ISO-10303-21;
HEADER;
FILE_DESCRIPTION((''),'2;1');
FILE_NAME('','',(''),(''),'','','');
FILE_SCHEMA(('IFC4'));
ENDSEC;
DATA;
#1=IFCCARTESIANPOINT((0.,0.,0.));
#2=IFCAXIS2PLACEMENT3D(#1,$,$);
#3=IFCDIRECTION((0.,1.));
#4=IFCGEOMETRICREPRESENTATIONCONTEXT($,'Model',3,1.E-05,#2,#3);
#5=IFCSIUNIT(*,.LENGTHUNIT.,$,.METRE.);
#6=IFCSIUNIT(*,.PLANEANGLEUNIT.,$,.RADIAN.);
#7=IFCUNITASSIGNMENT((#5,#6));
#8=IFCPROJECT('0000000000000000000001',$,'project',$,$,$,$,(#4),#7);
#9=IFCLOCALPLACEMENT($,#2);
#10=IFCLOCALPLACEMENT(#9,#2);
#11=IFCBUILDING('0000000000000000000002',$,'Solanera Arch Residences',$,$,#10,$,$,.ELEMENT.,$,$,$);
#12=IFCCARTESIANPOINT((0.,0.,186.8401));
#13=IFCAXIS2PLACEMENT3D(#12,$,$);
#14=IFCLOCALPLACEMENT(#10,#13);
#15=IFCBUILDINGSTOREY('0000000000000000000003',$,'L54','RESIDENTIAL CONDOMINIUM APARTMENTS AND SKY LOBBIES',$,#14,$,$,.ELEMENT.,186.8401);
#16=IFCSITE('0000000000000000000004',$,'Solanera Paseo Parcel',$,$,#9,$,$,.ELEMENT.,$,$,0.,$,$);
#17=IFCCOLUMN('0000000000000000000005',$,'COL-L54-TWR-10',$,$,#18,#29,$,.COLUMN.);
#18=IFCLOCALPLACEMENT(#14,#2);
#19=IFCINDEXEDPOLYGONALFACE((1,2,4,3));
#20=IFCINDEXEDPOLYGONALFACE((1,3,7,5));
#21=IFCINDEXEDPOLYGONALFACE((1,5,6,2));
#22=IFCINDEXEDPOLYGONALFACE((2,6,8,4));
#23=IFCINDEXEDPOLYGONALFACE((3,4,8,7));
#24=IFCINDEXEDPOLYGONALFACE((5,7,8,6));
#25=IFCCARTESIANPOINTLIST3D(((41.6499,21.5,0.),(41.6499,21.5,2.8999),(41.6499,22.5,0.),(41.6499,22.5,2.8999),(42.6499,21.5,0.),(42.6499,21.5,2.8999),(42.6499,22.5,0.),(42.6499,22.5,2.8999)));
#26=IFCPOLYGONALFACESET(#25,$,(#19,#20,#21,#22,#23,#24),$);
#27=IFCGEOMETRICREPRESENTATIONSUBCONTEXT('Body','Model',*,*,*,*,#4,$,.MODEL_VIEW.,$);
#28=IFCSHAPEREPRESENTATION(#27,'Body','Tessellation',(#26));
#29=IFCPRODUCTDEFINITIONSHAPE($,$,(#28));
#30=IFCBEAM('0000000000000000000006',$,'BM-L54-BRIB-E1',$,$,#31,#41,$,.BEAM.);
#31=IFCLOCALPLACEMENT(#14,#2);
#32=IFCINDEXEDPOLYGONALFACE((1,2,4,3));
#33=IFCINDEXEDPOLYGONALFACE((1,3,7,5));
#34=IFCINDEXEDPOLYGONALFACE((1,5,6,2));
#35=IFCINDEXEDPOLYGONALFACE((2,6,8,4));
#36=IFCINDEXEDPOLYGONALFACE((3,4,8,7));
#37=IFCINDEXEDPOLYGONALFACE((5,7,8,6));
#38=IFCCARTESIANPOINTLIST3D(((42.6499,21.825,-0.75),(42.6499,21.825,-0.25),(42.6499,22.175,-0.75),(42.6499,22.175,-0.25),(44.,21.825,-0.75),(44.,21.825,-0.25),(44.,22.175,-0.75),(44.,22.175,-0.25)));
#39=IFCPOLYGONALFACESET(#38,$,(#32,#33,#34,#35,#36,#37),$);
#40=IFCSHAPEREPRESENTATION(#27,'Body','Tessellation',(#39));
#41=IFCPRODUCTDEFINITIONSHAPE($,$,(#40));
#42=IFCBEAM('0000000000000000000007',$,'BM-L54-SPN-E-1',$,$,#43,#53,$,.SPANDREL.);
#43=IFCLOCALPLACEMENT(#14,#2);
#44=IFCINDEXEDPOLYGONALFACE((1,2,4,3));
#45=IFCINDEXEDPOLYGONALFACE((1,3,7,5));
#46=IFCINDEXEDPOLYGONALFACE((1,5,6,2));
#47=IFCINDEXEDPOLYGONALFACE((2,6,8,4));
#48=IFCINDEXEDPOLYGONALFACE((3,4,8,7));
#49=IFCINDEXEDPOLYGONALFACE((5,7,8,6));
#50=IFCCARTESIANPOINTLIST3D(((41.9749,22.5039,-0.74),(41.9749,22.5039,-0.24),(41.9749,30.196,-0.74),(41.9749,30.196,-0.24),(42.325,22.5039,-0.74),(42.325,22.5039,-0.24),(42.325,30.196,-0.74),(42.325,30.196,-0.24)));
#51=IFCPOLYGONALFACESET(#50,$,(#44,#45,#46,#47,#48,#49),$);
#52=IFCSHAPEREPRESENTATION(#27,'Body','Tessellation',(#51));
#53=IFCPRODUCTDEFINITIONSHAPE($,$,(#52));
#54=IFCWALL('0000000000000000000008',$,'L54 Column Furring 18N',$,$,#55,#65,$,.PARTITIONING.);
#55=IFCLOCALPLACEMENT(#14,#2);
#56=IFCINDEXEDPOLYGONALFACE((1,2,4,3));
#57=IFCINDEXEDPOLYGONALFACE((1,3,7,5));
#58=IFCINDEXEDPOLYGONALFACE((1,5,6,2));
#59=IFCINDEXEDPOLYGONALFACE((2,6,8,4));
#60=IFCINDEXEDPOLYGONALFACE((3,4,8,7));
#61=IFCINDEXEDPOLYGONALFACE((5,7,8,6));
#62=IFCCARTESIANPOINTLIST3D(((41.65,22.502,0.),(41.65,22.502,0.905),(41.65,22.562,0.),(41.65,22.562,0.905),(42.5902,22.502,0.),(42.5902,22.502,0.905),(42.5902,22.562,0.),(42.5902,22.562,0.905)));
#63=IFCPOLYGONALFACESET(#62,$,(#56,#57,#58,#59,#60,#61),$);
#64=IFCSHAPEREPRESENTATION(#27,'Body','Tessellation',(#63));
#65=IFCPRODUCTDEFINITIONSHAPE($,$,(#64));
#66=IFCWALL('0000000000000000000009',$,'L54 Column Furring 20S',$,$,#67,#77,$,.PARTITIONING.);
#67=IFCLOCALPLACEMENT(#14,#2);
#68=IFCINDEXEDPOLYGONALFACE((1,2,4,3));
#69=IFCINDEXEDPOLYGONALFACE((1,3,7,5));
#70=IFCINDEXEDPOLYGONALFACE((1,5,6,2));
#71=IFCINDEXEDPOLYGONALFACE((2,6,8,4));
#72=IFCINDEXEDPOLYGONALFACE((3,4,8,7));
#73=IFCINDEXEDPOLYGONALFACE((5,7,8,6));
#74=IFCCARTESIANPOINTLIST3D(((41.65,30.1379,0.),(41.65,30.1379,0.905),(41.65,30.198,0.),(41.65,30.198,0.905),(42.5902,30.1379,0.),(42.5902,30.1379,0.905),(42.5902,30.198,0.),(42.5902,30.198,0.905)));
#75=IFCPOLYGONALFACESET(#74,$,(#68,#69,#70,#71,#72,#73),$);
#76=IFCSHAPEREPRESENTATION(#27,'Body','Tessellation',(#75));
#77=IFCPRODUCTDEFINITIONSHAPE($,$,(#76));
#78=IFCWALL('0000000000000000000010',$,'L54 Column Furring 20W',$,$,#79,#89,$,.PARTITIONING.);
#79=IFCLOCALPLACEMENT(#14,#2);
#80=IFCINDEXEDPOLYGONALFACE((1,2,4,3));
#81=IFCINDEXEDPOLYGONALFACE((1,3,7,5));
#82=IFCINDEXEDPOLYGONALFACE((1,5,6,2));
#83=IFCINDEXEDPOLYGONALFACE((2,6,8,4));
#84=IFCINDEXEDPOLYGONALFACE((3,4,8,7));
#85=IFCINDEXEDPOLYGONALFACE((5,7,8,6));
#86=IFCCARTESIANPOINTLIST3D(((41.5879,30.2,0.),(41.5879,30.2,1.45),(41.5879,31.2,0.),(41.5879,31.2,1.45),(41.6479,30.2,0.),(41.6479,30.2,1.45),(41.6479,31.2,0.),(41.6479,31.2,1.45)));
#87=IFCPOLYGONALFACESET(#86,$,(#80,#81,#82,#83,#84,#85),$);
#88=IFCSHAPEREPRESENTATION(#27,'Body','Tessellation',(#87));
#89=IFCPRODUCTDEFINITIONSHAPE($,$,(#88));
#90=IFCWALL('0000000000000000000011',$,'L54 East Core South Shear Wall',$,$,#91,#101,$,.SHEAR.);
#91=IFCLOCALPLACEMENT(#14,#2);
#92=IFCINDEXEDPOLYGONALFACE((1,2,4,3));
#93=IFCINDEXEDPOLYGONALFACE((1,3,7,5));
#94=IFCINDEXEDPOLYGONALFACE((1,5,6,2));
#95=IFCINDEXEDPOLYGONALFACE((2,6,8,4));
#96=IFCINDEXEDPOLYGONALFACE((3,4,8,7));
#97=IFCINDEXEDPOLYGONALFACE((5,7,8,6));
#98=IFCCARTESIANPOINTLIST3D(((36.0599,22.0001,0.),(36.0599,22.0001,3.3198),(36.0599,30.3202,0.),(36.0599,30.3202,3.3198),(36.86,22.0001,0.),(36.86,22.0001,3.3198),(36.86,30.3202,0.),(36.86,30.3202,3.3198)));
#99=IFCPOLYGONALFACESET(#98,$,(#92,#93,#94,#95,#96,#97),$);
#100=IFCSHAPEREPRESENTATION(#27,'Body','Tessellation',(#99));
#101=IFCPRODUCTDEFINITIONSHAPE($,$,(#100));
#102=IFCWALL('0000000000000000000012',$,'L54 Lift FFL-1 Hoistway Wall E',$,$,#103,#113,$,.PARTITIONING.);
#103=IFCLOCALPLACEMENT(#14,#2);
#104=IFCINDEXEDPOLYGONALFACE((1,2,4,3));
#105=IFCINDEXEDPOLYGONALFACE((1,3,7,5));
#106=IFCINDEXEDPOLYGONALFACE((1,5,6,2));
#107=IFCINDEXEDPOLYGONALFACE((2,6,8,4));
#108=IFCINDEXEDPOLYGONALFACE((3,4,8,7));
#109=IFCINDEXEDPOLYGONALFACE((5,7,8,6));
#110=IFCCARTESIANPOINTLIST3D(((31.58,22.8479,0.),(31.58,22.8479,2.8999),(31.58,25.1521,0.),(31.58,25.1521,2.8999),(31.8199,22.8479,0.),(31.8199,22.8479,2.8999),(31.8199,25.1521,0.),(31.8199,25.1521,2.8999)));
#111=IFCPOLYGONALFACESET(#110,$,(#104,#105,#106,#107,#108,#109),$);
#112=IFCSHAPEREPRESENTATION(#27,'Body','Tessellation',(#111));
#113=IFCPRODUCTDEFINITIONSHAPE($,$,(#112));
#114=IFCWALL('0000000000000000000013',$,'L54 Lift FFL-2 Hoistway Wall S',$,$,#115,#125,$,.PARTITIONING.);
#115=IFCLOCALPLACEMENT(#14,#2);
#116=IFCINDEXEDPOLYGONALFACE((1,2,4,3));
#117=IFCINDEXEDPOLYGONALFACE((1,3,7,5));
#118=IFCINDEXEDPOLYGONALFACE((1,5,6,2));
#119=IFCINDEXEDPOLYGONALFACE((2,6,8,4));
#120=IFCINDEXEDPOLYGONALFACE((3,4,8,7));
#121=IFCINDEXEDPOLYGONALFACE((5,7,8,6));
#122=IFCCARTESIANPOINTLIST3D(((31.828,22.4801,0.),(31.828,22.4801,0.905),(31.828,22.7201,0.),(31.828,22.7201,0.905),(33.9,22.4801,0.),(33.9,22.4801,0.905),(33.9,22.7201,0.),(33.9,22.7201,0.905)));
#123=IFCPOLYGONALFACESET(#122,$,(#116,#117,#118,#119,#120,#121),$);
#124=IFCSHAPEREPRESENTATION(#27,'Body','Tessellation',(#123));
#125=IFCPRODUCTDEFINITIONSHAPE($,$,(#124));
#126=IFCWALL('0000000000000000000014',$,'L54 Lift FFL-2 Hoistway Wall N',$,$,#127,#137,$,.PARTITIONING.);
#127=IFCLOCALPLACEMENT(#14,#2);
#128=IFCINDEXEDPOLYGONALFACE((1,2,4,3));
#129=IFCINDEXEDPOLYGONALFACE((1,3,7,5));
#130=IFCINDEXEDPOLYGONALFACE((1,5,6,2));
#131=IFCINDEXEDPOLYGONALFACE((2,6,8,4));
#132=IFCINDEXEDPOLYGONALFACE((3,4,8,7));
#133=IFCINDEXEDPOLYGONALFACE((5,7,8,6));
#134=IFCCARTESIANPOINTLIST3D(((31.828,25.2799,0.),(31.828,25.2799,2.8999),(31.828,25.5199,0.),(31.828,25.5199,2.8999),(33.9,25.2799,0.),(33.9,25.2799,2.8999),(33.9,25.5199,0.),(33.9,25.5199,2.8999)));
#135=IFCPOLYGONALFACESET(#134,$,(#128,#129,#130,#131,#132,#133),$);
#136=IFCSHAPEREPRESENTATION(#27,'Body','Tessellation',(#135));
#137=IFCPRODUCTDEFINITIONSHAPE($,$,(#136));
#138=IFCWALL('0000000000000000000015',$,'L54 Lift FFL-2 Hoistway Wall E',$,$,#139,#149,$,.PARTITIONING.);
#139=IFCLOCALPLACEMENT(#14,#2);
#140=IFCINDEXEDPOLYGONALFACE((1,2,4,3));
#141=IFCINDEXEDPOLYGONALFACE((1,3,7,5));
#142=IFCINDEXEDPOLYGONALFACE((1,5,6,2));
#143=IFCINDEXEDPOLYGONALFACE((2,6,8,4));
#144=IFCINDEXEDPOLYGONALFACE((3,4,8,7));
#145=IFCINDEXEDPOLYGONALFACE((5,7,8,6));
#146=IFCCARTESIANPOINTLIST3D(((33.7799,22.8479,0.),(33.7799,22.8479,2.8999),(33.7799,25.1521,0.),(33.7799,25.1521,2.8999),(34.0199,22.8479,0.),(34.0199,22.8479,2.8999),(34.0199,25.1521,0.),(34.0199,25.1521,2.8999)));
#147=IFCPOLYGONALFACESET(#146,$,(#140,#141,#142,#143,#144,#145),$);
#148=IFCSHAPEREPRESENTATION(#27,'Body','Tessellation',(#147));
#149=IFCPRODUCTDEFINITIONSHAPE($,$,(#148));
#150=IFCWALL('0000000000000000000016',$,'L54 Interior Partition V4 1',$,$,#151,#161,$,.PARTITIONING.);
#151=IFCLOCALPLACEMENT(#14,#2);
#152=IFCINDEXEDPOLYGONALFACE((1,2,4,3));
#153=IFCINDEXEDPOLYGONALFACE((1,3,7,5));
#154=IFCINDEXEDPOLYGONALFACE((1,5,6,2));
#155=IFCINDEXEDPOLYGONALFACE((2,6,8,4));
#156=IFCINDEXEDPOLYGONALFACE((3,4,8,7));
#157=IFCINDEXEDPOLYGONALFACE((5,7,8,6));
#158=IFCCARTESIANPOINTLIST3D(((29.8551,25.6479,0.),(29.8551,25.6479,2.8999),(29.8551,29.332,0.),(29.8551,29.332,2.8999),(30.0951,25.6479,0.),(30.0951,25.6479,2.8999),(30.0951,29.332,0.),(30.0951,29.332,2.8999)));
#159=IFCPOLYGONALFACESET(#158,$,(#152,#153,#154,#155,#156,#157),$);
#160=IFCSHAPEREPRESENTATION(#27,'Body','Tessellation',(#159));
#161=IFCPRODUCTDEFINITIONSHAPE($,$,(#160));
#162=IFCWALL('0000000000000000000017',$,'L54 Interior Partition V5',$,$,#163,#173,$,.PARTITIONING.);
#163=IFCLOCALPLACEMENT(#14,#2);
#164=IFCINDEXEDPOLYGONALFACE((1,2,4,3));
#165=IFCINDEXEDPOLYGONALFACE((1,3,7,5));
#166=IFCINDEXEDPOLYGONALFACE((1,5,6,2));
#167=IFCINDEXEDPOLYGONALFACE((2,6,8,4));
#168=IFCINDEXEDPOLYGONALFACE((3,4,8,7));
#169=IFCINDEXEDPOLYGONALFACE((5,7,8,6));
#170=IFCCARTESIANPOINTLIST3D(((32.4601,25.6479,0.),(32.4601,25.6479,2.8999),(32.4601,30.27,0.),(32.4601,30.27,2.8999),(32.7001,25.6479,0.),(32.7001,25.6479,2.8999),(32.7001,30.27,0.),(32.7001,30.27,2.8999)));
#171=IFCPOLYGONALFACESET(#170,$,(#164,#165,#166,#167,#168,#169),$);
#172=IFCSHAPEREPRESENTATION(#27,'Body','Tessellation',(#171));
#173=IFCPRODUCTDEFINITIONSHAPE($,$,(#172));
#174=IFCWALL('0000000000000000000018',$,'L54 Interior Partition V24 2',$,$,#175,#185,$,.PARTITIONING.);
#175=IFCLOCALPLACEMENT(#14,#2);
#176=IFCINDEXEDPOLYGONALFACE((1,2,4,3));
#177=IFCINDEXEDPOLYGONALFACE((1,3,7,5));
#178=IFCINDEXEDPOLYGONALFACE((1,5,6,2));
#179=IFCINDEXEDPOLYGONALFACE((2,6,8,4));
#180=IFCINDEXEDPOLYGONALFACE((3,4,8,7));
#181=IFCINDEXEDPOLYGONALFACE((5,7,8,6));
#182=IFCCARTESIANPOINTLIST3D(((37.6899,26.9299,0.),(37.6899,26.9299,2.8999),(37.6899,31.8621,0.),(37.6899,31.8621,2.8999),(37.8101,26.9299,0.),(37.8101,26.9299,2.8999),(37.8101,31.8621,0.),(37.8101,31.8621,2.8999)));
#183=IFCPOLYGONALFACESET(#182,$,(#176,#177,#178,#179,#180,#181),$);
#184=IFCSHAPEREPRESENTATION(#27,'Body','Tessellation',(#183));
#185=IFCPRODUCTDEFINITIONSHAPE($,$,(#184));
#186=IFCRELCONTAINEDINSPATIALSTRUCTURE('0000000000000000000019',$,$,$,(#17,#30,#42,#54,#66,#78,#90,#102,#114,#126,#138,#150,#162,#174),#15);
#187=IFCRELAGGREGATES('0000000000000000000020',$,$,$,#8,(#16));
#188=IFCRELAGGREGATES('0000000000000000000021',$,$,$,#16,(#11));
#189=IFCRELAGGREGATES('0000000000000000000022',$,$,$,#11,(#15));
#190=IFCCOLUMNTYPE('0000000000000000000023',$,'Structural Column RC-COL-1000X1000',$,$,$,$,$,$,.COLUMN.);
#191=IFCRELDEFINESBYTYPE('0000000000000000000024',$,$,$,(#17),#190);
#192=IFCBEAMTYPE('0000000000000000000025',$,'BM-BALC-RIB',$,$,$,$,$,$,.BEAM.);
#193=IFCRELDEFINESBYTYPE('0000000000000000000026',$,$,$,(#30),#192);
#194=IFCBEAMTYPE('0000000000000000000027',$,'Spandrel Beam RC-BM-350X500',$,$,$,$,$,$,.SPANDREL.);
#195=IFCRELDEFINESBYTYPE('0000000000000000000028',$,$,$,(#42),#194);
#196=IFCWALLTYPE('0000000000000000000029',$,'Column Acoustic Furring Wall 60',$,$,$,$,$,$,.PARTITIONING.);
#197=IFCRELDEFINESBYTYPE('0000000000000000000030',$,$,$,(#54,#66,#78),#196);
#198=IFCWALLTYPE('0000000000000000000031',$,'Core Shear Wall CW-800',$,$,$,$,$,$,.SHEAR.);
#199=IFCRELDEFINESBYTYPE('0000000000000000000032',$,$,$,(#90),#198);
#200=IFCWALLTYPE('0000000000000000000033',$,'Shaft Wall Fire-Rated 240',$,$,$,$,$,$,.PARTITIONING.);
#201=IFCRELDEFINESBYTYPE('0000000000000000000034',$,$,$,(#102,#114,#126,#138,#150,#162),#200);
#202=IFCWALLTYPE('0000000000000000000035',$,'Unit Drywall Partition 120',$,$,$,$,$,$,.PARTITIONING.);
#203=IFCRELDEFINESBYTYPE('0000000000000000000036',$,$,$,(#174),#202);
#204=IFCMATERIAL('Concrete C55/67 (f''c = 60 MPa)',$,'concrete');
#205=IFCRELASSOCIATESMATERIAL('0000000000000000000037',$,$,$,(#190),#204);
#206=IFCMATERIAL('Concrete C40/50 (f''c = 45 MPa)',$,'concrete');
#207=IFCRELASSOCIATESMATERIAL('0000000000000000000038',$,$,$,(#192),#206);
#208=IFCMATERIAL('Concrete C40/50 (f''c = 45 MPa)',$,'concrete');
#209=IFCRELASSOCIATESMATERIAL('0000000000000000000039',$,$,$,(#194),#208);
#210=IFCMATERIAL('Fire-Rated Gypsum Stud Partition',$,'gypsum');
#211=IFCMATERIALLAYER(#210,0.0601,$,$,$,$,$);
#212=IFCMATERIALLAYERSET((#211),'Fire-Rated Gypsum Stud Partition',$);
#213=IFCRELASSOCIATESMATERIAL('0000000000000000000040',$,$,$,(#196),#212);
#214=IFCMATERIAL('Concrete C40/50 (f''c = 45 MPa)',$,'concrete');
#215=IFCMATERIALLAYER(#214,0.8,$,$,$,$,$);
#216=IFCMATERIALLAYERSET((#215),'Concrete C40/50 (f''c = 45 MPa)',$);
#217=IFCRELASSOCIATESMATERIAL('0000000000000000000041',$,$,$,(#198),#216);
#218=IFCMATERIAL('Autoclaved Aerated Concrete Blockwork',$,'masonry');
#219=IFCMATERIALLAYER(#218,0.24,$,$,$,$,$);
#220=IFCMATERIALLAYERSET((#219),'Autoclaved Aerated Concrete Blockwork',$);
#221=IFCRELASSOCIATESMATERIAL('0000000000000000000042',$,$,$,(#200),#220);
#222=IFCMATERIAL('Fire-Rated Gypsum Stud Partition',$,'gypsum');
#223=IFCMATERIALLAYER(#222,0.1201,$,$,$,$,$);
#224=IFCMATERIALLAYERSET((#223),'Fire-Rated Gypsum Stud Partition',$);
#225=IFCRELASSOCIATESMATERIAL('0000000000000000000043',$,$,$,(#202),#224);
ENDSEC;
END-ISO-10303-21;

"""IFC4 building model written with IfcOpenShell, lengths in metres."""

from ifc_helpers import new_model, si_unit, direction, frame, frame_2d, origin, origin_2d, place, context, subcontext, project, spatial, rectangle, extrude, material, layer, layer_set, material_profile, profile_set, type_object, element, save


model = new_model("IFC4")

# Units and contexts
model_context = context("Model", 3, precision=1e-05, world=origin(), true_north=direction((0.0, 1.0)))
body_context = subcontext(model_context, "Body", "Model", "MODEL_VIEW")
ifc_project = project(units=[si_unit("LENGTHUNIT", "METRE"), si_unit("PLANEANGLEUNIT", "RADIAN")], contexts=[model_context])

# Site, building, storey
site_placement = place(None, origin())
site = spatial("IfcSite", under=ifc_project, at=site_placement, Name="Solanera Paseo Parcel", CompositionType="ELEMENT", RefElevation=0.0)
building_placement = place(site_placement, origin())
building = spatial("IfcBuilding", under=site, at=building_placement, Name="Solanera Arch Residences", CompositionType="ELEMENT")
storey_placement = place(building_placement, frame((0.0, 0.0, 186.8401)))
storey = spatial("IfcBuildingStorey", under=building, at=storey_placement, Name="L54", Description="RESIDENTIAL CONDOMINIUM APARTMENTS AND SKY LOBBIES", CompositionType="ELEMENT", Elevation=186.8401)

# Column
ifc_material_1 = material(Name="Concrete C55/67 (f'c = 60 MPa)", Category="concrete")
ifc_material_profile_1 = material_profile(ifc_material_1, rectangle(XDim=1.0, YDim=1.0, at=origin_2d()))
ifc_profile_set_1 = profile_set([ifc_material_profile_1], Name="Concrete C55/67 (f'c = 60 MPa)")
column_type = type_object("IfcColumnType", Name="Structural Column RC-COL-1000X1000", PredefinedType="COLUMN", material=ifc_profile_set_1)
column_placement = place(storey_placement, frame((42.1499, 22.0, 0.0), z_axis=(0.0, 0.0, 1.0), x_axis=(1.0, 0.0, 0.0)))
element("IfcColumn", 1, at=column_placement, inside=storey, type_object=column_type, Name="COL-L54-TWR-10", PredefinedType="COLUMN", context=body_context, shape_type="SweptSolid", body=[
    extrude(rectangle(XDim=1.0, YDim=1.0, at=origin_2d()), origin(), (0.0, 0.0, 1.0), 2.8999),
])

# Beams
ifc_material_2 = material(Name="Concrete C40/50 (f'c = 45 MPa)", Category="concrete")
ifc_material_profile_2 = material_profile(ifc_material_2, rectangle(XDim=0.3501, YDim=0.5, at=origin_2d()))
ifc_profile_set_2 = profile_set([ifc_material_profile_2], Name="Concrete C40/50 (f'c = 45 MPa)")
beam_type_1 = type_object("IfcBeamType", Name="BM-BALC-RIB", PredefinedType="BEAM", material=ifc_profile_set_2)
beam_1_placement = place(storey_placement, frame((42.6499, 22.0, -0.5), z_axis=(1.0, 0.0, 0.0), x_axis=(0.0, 1.0, 0.0)))
element("IfcBeam", 2, at=beam_1_placement, inside=storey, type_object=beam_type_1, Name="BM-L54-BRIB-E1", PredefinedType="BEAM", context=body_context, shape_type="SweptSolid", body=[
    extrude(rectangle(XDim=0.3501, YDim=0.5, at=origin_2d()), origin(), (0.0, 0.0, 1.0), 1.3501),
])
ifc_material_3 = material(Name="Concrete C40/50 (f'c = 45 MPa)", Category="concrete")
ifc_material_profile_3 = material_profile(ifc_material_3, rectangle(XDim=0.3501, YDim=0.5, at=origin_2d()))
ifc_profile_set_3 = profile_set([ifc_material_profile_3], Name="Concrete C40/50 (f'c = 45 MPa)")
beam_type_2 = type_object("IfcBeamType", Name="Spandrel Beam RC-BM-350X500", PredefinedType="SPANDREL", material=ifc_profile_set_3)
beam_2_placement = place(storey_placement, frame((42.1499, 22.5039, -0.49), z_axis=(0.0, 1.0, 0.0), x_axis=(-1.0, 0.0, 0.0)))
element("IfcBeam", 3, at=beam_2_placement, inside=storey, type_object=beam_type_2, Name="BM-L54-SPN-E-1", PredefinedType="SPANDREL", context=body_context, shape_type="SweptSolid", body=[
    extrude(rectangle(XDim=0.3501, YDim=0.5, at=origin_2d()), origin(), (0.0, 0.0, 1.0), 7.6921),
])

# Walls
ifc_material_4 = material(Name="Fire-Rated Gypsum Stud Partition", Category="gypsum")
ifc_layer_1 = layer(ifc_material_4, 0.0601)
ifc_layer_set_1 = layer_set([ifc_layer_1], Name="Fire-Rated Gypsum Stud Partition")
wall_type_1 = type_object("IfcWallType", Name="Column Acoustic Furring Wall 60", PredefinedType="PARTITIONING", material=ifc_layer_set_1)
for number, where, z_axis, x_axis, name in (
    (4, (41.6499, 22.532, 0.0), (0.0, 0.0, 1.0), (1.0, 0.0, 0.0), "L54 Column Furring 18N"),
    (5, (41.6499, 30.168, 0.0), (0.0, 0.0, 1.0), (1.0, 0.0, 0.0), "L54 Column Furring 20S"),
):
    element("IfcWall", number, at=place(storey_placement, frame(where, z_axis=z_axis, x_axis=x_axis)), inside=storey, type_object=wall_type_1, Name=name, PredefinedType="PARTITIONING", context=body_context, shape_type="SweptSolid", body=[
        extrude(rectangle(XDim=0.9402, YDim=0.0601, at=frame_2d((0.4702, 0.0))), origin(), (0.0, 0.0, 1.0), 0.905),
    ])
wall_1_placement = place(storey_placement, frame((41.6179, 30.2, 0.0), z_axis=(0.0, 0.0, 1.0), x_axis=(0.0, 1.0, 0.0)))
element("IfcWall", 6, at=wall_1_placement, inside=storey, type_object=wall_type_1, Name="L54 Column Furring 20W", PredefinedType="PARTITIONING", context=body_context, shape_type="SweptSolid", body=[
    extrude(rectangle(XDim=1.0, YDim=0.0601, at=frame_2d((0.5, 0.0))), origin(), (0.0, 0.0, 1.0), 1.45),
])
ifc_material_5 = material(Name="Concrete C40/50 (f'c = 45 MPa)", Category="concrete")
ifc_layer_2 = layer(ifc_material_5, 0.8)
ifc_layer_set_2 = layer_set([ifc_layer_2], Name="Concrete C40/50 (f'c = 45 MPa)")
wall_type_2 = type_object("IfcWallType", Name="Core Shear Wall CW-800", PredefinedType="SHEAR", material=ifc_layer_set_2)
wall_2_placement = place(storey_placement, frame((36.46, 22.0, 0.0), z_axis=(0.0, 0.0, 1.0), x_axis=(0.0, 1.0, 0.0)))
element("IfcWall", 7, at=wall_2_placement, inside=storey, type_object=wall_type_2, Name="L54 East Core South Shear Wall", PredefinedType="SHEAR", context=body_context, shape_type="SweptSolid", body=[
    extrude(rectangle(XDim=8.3201, YDim=0.8, at=frame_2d((4.1602, 0.0))), origin(), (0.0, 0.0, 1.0), 3.3198),
])
ifc_material_6 = material(Name="Autoclaved Aerated Concrete Blockwork", Category="masonry")
ifc_layer_3 = layer(ifc_material_6, 0.24)
ifc_layer_set_3 = layer_set([ifc_layer_3], Name="Autoclaved Aerated Concrete Blockwork")
wall_type_3 = type_object("IfcWallType", Name="Shaft Wall Fire-Rated 240", PredefinedType="PARTITIONING", material=ifc_layer_set_3)
wall_3_placement = place(storey_placement, frame((31.7, 22.8479, 0.0), z_axis=(0.0, 0.0, 1.0), x_axis=(0.0, 1.0, 0.0)))
element("IfcWall", 8, at=wall_3_placement, inside=storey, type_object=wall_type_3, Name="L54 Lift FFL-1 Hoistway Wall E", PredefinedType="PARTITIONING", context=body_context, shape_type="SweptSolid", body=[
    extrude(rectangle(XDim=2.3042, YDim=0.24, at=frame_2d((1.1521, 0.0))), origin(), (0.0, 0.0, 1.0), 2.8999),
])
wall_4_placement = place(storey_placement, frame((31.8279, 22.6001, 0.0), z_axis=(0.0, 0.0, 1.0), x_axis=(1.0, 0.0, 0.0)))
element("IfcWall", 9, at=wall_4_placement, inside=storey, type_object=wall_type_3, Name="L54 Lift FFL-2 Hoistway Wall S", PredefinedType="PARTITIONING", context=body_context, shape_type="SweptSolid", body=[
    extrude(rectangle(XDim=2.072, YDim=0.24, at=frame_2d((1.0361, 0.0))), origin(), (0.0, 0.0, 1.0), 0.905),
])
wall_5_placement = place(storey_placement, frame((31.8279, 25.3999, 0.0), z_axis=(0.0, 0.0, 1.0), x_axis=(1.0, 0.0, 0.0)))
element("IfcWall", 10, at=wall_5_placement, inside=storey, type_object=wall_type_3, Name="L54 Lift FFL-2 Hoistway Wall N", PredefinedType="PARTITIONING", context=body_context, shape_type="SweptSolid", body=[
    extrude(rectangle(XDim=2.072, YDim=0.24, at=frame_2d((1.0361, 0.0))), origin(), (0.0, 0.0, 1.0), 2.8999),
])
wall_6_placement = place(storey_placement, frame((33.8999, 22.8479, 0.0), z_axis=(0.0, 0.0, 1.0), x_axis=(0.0, 1.0, 0.0)))
element("IfcWall", 11, at=wall_6_placement, inside=storey, type_object=wall_type_3, Name="L54 Lift FFL-2 Hoistway Wall E", PredefinedType="PARTITIONING", context=body_context, shape_type="SweptSolid", body=[
    extrude(rectangle(XDim=2.3042, YDim=0.24, at=frame_2d((1.1521, 0.0))), origin(), (0.0, 0.0, 1.0), 2.8999),
])
wall_7_placement = place(storey_placement, frame((29.9751, 25.6479, 0.0), z_axis=(0.0, 0.0, 1.0), x_axis=(0.0, 1.0, 0.0)))
element("IfcWall", 12, at=wall_7_placement, inside=storey, type_object=wall_type_3, Name="L54 Interior Partition V4 1", PredefinedType="PARTITIONING", context=body_context, shape_type="SweptSolid", body=[
    extrude(rectangle(XDim=3.6841, YDim=0.24, at=frame_2d((1.842, 0.0))), origin(), (0.0, 0.0, 1.0), 2.8999),
])

# Walls
wall_8_placement = place(storey_placement, frame((32.5801, 25.6479, 0.0), z_axis=(0.0, 0.0, 1.0), x_axis=(0.0, 1.0, 0.0)))
element("IfcWall", 13, at=wall_8_placement, inside=storey, type_object=wall_type_3, Name="L54 Interior Partition V5", PredefinedType="PARTITIONING", context=body_context, shape_type="SweptSolid", body=[
    extrude(rectangle(XDim=4.6221, YDim=0.24, at=frame_2d((2.311, 0.0))), origin(), (0.0, 0.0, 1.0), 2.8999),
])
ifc_material_7 = material(Name="Fire-Rated Gypsum Stud Partition", Category="gypsum")
ifc_layer_4 = layer(ifc_material_7, 0.1201)
ifc_layer_set_4 = layer_set([ifc_layer_4], Name="Fire-Rated Gypsum Stud Partition")
wall_type_4 = type_object("IfcWallType", Name="Unit Drywall Partition 120", PredefinedType="PARTITIONING", material=ifc_layer_set_4)
wall_9_placement = place(storey_placement, frame((37.75, 26.9299, 0.0), z_axis=(0.0, 0.0, 1.0), x_axis=(0.0, 1.0, 0.0)))
element("IfcWall", 14, at=wall_9_placement, inside=storey, type_object=wall_type_4, Name="L54 Interior Partition V24 2", PredefinedType="PARTITIONING", context=body_context, shape_type="SweptSolid", body=[
    extrude(rectangle(XDim=4.9321, YDim=0.1201, at=frame_2d((2.4661, 0.0))), origin(), (0.0, 0.0, 1.0), 2.8999),
])

save(model, "model.ifc")
